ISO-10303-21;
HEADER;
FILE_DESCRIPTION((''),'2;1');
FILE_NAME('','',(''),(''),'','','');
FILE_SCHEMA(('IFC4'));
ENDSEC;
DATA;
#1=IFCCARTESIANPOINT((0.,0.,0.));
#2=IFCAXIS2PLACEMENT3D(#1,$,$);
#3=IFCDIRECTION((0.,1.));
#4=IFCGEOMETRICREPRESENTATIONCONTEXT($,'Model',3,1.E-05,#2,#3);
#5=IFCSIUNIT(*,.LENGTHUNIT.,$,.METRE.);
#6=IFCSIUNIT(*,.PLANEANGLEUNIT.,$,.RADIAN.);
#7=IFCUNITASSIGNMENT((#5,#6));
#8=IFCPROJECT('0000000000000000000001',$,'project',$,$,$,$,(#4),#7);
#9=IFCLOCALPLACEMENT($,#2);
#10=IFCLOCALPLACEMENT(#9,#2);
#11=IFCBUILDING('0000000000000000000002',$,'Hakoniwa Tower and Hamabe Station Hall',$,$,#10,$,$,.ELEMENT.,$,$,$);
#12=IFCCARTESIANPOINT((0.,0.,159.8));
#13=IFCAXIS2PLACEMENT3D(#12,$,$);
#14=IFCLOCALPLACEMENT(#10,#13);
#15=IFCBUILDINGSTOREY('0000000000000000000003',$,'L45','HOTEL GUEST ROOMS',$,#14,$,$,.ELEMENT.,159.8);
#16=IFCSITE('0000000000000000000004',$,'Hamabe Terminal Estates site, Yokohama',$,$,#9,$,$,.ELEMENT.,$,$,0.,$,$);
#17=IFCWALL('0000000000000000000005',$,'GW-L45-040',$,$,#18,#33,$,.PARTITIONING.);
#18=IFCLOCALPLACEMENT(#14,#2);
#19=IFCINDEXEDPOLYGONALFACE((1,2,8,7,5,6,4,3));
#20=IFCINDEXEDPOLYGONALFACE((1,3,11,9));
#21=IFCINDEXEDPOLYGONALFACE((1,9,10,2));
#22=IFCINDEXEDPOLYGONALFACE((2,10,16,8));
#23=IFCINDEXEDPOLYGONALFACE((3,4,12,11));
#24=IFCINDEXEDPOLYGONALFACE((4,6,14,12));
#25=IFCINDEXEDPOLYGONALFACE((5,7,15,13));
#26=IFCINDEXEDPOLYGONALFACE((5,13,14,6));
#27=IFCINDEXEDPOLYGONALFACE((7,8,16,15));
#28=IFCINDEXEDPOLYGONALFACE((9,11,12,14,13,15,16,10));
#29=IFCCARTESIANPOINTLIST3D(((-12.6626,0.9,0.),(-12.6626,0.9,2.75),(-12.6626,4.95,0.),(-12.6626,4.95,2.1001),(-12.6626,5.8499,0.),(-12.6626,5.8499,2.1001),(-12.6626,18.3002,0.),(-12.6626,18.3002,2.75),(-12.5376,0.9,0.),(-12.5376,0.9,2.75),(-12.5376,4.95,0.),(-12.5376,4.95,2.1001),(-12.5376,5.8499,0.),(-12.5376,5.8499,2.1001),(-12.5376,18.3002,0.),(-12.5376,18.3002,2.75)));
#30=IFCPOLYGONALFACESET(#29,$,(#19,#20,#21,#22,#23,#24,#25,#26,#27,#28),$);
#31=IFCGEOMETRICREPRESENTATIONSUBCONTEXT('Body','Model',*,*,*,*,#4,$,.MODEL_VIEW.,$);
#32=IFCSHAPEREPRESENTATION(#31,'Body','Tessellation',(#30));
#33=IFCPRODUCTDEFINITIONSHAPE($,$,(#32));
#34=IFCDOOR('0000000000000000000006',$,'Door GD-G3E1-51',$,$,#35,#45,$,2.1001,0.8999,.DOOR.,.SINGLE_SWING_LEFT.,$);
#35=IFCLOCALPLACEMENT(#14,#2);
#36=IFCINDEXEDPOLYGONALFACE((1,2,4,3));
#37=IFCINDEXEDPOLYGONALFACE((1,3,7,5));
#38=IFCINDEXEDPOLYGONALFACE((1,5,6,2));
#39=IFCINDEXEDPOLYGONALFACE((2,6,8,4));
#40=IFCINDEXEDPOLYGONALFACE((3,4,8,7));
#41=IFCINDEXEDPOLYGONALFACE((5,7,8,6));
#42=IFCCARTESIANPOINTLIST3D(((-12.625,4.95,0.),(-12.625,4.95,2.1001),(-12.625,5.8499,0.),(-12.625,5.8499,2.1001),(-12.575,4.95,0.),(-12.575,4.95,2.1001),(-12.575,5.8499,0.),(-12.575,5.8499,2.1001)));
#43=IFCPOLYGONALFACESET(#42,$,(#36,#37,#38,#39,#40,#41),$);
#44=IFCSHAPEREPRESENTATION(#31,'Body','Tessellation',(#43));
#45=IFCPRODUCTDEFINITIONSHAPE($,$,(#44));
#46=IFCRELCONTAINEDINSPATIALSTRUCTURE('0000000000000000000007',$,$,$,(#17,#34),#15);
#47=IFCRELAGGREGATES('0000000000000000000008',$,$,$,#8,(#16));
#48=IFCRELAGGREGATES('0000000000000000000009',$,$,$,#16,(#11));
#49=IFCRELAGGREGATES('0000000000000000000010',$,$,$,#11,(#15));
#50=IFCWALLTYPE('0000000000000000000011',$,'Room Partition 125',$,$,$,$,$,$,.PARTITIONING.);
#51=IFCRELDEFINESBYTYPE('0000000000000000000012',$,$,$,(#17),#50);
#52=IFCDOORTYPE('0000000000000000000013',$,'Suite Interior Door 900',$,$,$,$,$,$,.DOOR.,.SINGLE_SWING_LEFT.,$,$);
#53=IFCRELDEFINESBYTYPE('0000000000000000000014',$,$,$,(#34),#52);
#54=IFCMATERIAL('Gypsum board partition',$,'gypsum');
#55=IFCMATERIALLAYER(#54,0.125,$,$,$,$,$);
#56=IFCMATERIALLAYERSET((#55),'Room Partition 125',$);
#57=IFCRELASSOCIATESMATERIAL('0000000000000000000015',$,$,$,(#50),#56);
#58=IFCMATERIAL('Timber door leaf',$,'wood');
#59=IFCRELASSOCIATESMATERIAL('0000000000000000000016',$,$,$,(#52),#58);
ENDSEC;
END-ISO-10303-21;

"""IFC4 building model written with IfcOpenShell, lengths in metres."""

from ifc_helpers import new_model, si_unit, direction, frame, frame_2d, origin, place, context, subcontext, project, spatial, rectangle, extrude, material, layer, layer_set, type_object, element, fill, save


model = new_model("IFC4")

# Units and contexts
model_context = context("Model", 3, precision=1e-05, world=origin(), true_north=direction((0.0, 1.0)))
body_context = subcontext(model_context, "Body", "Model", "MODEL_VIEW")
ifc_project = project(units=[si_unit("LENGTHUNIT", "METRE"), si_unit("PLANEANGLEUNIT", "RADIAN")], contexts=[model_context])

# Site, building, storey
site_placement = place(None, origin())
site = spatial("IfcSite", under=ifc_project, at=site_placement, Name="Hamabe Terminal Estates site, Yokohama", CompositionType="ELEMENT", RefElevation=0.0)
building_placement = place(site_placement, origin())
building = spatial("IfcBuilding", under=site, at=building_placement, Name="Hakoniwa Tower and Hamabe Station Hall", CompositionType="ELEMENT")
storey_placement = place(building_placement, frame((0.0, 0.0, 159.8)))
storey = spatial("IfcBuildingStorey", under=building, at=storey_placement, Name="L45", Description="HOTEL GUEST ROOMS", CompositionType="ELEMENT", Elevation=159.8)

# Wall, opening, door
ifc_material_1 = material(Name="Gypsum board partition", Category="gypsum")
ifc_layer_1 = layer(ifc_material_1, 0.125)
ifc_layer_set_1 = layer_set([ifc_layer_1], Name="Room Partition 125")
wall_type_1 = type_object("IfcWallType", Name="Room Partition 125", PredefinedType="PARTITIONING", material=ifc_layer_set_1)
ifc_material_2 = material(Name="Timber door leaf", Category="wood")
door_type_1 = type_object("IfcDoorType", Name="Suite Interior Door 900", OperationType="SINGLE_SWING_LEFT", PredefinedType="DOOR", material=ifc_material_2)
wall_1_placement = place(storey_placement, frame((-12.6001, 0.8999, 0.0), z_axis=(0.0, 0.0, 1.0), x_axis=(0.0, 1.0, 0.0)))
wall_1 = element("IfcWall", 1, at=wall_1_placement, inside=storey, type_object=wall_type_1, Name="GW-L45-040", PredefinedType="PARTITIONING", context=body_context, shape_type="SweptSolid", body=[
    extrude(rectangle(XDim=17.4001, YDim=0.125, at=frame_2d((8.7002, 0.0))), origin(), (0.0, 0.0, 1.0), 2.75),
])
opening_1_placement = place(wall_1_placement, frame((4.05, 0.0, 0.0)))
opening_1 = element("IfcOpeningElement", 2, at=opening_1_placement, cuts=wall_1, PredefinedType="OPENING", context=body_context, shape_type="SweptSolid", body=[
    extrude(rectangle(XDim=0.8999, YDim=2.1001, at=frame_2d((0.45, 1.05))), frame((0.0, 0.0725, 0.0), z_axis=(0.0, -1.0, 0.0), x_axis=(1.0, 0.0, 0.0)), (0.0, 0.0, 1.0), 0.145),
])
door_1_placement = place(opening_1_placement, origin())
door_1 = element("IfcDoor", 3, at=door_1_placement, inside=storey, type_object=door_type_1, Name="Door GD-G3E1-51", OperationType="SINGLE_SWING_LEFT", OverallHeight=2.1001, OverallWidth=0.8999, PredefinedType="DOOR", context=body_context, shape_type="SweptSolid", body=[
    extrude(rectangle(XDim=0.8999, YDim=2.1001, at=frame_2d((0.45, 1.05))), frame((0.0, 0.0249, 0.0), z_axis=(0.0, -1.0, 0.0), x_axis=(1.0, 0.0, 0.0)), (0.0, 0.0, 1.0), 0.05),
])
fill(opening_1, door_1)

save(model, "model.ifc")
